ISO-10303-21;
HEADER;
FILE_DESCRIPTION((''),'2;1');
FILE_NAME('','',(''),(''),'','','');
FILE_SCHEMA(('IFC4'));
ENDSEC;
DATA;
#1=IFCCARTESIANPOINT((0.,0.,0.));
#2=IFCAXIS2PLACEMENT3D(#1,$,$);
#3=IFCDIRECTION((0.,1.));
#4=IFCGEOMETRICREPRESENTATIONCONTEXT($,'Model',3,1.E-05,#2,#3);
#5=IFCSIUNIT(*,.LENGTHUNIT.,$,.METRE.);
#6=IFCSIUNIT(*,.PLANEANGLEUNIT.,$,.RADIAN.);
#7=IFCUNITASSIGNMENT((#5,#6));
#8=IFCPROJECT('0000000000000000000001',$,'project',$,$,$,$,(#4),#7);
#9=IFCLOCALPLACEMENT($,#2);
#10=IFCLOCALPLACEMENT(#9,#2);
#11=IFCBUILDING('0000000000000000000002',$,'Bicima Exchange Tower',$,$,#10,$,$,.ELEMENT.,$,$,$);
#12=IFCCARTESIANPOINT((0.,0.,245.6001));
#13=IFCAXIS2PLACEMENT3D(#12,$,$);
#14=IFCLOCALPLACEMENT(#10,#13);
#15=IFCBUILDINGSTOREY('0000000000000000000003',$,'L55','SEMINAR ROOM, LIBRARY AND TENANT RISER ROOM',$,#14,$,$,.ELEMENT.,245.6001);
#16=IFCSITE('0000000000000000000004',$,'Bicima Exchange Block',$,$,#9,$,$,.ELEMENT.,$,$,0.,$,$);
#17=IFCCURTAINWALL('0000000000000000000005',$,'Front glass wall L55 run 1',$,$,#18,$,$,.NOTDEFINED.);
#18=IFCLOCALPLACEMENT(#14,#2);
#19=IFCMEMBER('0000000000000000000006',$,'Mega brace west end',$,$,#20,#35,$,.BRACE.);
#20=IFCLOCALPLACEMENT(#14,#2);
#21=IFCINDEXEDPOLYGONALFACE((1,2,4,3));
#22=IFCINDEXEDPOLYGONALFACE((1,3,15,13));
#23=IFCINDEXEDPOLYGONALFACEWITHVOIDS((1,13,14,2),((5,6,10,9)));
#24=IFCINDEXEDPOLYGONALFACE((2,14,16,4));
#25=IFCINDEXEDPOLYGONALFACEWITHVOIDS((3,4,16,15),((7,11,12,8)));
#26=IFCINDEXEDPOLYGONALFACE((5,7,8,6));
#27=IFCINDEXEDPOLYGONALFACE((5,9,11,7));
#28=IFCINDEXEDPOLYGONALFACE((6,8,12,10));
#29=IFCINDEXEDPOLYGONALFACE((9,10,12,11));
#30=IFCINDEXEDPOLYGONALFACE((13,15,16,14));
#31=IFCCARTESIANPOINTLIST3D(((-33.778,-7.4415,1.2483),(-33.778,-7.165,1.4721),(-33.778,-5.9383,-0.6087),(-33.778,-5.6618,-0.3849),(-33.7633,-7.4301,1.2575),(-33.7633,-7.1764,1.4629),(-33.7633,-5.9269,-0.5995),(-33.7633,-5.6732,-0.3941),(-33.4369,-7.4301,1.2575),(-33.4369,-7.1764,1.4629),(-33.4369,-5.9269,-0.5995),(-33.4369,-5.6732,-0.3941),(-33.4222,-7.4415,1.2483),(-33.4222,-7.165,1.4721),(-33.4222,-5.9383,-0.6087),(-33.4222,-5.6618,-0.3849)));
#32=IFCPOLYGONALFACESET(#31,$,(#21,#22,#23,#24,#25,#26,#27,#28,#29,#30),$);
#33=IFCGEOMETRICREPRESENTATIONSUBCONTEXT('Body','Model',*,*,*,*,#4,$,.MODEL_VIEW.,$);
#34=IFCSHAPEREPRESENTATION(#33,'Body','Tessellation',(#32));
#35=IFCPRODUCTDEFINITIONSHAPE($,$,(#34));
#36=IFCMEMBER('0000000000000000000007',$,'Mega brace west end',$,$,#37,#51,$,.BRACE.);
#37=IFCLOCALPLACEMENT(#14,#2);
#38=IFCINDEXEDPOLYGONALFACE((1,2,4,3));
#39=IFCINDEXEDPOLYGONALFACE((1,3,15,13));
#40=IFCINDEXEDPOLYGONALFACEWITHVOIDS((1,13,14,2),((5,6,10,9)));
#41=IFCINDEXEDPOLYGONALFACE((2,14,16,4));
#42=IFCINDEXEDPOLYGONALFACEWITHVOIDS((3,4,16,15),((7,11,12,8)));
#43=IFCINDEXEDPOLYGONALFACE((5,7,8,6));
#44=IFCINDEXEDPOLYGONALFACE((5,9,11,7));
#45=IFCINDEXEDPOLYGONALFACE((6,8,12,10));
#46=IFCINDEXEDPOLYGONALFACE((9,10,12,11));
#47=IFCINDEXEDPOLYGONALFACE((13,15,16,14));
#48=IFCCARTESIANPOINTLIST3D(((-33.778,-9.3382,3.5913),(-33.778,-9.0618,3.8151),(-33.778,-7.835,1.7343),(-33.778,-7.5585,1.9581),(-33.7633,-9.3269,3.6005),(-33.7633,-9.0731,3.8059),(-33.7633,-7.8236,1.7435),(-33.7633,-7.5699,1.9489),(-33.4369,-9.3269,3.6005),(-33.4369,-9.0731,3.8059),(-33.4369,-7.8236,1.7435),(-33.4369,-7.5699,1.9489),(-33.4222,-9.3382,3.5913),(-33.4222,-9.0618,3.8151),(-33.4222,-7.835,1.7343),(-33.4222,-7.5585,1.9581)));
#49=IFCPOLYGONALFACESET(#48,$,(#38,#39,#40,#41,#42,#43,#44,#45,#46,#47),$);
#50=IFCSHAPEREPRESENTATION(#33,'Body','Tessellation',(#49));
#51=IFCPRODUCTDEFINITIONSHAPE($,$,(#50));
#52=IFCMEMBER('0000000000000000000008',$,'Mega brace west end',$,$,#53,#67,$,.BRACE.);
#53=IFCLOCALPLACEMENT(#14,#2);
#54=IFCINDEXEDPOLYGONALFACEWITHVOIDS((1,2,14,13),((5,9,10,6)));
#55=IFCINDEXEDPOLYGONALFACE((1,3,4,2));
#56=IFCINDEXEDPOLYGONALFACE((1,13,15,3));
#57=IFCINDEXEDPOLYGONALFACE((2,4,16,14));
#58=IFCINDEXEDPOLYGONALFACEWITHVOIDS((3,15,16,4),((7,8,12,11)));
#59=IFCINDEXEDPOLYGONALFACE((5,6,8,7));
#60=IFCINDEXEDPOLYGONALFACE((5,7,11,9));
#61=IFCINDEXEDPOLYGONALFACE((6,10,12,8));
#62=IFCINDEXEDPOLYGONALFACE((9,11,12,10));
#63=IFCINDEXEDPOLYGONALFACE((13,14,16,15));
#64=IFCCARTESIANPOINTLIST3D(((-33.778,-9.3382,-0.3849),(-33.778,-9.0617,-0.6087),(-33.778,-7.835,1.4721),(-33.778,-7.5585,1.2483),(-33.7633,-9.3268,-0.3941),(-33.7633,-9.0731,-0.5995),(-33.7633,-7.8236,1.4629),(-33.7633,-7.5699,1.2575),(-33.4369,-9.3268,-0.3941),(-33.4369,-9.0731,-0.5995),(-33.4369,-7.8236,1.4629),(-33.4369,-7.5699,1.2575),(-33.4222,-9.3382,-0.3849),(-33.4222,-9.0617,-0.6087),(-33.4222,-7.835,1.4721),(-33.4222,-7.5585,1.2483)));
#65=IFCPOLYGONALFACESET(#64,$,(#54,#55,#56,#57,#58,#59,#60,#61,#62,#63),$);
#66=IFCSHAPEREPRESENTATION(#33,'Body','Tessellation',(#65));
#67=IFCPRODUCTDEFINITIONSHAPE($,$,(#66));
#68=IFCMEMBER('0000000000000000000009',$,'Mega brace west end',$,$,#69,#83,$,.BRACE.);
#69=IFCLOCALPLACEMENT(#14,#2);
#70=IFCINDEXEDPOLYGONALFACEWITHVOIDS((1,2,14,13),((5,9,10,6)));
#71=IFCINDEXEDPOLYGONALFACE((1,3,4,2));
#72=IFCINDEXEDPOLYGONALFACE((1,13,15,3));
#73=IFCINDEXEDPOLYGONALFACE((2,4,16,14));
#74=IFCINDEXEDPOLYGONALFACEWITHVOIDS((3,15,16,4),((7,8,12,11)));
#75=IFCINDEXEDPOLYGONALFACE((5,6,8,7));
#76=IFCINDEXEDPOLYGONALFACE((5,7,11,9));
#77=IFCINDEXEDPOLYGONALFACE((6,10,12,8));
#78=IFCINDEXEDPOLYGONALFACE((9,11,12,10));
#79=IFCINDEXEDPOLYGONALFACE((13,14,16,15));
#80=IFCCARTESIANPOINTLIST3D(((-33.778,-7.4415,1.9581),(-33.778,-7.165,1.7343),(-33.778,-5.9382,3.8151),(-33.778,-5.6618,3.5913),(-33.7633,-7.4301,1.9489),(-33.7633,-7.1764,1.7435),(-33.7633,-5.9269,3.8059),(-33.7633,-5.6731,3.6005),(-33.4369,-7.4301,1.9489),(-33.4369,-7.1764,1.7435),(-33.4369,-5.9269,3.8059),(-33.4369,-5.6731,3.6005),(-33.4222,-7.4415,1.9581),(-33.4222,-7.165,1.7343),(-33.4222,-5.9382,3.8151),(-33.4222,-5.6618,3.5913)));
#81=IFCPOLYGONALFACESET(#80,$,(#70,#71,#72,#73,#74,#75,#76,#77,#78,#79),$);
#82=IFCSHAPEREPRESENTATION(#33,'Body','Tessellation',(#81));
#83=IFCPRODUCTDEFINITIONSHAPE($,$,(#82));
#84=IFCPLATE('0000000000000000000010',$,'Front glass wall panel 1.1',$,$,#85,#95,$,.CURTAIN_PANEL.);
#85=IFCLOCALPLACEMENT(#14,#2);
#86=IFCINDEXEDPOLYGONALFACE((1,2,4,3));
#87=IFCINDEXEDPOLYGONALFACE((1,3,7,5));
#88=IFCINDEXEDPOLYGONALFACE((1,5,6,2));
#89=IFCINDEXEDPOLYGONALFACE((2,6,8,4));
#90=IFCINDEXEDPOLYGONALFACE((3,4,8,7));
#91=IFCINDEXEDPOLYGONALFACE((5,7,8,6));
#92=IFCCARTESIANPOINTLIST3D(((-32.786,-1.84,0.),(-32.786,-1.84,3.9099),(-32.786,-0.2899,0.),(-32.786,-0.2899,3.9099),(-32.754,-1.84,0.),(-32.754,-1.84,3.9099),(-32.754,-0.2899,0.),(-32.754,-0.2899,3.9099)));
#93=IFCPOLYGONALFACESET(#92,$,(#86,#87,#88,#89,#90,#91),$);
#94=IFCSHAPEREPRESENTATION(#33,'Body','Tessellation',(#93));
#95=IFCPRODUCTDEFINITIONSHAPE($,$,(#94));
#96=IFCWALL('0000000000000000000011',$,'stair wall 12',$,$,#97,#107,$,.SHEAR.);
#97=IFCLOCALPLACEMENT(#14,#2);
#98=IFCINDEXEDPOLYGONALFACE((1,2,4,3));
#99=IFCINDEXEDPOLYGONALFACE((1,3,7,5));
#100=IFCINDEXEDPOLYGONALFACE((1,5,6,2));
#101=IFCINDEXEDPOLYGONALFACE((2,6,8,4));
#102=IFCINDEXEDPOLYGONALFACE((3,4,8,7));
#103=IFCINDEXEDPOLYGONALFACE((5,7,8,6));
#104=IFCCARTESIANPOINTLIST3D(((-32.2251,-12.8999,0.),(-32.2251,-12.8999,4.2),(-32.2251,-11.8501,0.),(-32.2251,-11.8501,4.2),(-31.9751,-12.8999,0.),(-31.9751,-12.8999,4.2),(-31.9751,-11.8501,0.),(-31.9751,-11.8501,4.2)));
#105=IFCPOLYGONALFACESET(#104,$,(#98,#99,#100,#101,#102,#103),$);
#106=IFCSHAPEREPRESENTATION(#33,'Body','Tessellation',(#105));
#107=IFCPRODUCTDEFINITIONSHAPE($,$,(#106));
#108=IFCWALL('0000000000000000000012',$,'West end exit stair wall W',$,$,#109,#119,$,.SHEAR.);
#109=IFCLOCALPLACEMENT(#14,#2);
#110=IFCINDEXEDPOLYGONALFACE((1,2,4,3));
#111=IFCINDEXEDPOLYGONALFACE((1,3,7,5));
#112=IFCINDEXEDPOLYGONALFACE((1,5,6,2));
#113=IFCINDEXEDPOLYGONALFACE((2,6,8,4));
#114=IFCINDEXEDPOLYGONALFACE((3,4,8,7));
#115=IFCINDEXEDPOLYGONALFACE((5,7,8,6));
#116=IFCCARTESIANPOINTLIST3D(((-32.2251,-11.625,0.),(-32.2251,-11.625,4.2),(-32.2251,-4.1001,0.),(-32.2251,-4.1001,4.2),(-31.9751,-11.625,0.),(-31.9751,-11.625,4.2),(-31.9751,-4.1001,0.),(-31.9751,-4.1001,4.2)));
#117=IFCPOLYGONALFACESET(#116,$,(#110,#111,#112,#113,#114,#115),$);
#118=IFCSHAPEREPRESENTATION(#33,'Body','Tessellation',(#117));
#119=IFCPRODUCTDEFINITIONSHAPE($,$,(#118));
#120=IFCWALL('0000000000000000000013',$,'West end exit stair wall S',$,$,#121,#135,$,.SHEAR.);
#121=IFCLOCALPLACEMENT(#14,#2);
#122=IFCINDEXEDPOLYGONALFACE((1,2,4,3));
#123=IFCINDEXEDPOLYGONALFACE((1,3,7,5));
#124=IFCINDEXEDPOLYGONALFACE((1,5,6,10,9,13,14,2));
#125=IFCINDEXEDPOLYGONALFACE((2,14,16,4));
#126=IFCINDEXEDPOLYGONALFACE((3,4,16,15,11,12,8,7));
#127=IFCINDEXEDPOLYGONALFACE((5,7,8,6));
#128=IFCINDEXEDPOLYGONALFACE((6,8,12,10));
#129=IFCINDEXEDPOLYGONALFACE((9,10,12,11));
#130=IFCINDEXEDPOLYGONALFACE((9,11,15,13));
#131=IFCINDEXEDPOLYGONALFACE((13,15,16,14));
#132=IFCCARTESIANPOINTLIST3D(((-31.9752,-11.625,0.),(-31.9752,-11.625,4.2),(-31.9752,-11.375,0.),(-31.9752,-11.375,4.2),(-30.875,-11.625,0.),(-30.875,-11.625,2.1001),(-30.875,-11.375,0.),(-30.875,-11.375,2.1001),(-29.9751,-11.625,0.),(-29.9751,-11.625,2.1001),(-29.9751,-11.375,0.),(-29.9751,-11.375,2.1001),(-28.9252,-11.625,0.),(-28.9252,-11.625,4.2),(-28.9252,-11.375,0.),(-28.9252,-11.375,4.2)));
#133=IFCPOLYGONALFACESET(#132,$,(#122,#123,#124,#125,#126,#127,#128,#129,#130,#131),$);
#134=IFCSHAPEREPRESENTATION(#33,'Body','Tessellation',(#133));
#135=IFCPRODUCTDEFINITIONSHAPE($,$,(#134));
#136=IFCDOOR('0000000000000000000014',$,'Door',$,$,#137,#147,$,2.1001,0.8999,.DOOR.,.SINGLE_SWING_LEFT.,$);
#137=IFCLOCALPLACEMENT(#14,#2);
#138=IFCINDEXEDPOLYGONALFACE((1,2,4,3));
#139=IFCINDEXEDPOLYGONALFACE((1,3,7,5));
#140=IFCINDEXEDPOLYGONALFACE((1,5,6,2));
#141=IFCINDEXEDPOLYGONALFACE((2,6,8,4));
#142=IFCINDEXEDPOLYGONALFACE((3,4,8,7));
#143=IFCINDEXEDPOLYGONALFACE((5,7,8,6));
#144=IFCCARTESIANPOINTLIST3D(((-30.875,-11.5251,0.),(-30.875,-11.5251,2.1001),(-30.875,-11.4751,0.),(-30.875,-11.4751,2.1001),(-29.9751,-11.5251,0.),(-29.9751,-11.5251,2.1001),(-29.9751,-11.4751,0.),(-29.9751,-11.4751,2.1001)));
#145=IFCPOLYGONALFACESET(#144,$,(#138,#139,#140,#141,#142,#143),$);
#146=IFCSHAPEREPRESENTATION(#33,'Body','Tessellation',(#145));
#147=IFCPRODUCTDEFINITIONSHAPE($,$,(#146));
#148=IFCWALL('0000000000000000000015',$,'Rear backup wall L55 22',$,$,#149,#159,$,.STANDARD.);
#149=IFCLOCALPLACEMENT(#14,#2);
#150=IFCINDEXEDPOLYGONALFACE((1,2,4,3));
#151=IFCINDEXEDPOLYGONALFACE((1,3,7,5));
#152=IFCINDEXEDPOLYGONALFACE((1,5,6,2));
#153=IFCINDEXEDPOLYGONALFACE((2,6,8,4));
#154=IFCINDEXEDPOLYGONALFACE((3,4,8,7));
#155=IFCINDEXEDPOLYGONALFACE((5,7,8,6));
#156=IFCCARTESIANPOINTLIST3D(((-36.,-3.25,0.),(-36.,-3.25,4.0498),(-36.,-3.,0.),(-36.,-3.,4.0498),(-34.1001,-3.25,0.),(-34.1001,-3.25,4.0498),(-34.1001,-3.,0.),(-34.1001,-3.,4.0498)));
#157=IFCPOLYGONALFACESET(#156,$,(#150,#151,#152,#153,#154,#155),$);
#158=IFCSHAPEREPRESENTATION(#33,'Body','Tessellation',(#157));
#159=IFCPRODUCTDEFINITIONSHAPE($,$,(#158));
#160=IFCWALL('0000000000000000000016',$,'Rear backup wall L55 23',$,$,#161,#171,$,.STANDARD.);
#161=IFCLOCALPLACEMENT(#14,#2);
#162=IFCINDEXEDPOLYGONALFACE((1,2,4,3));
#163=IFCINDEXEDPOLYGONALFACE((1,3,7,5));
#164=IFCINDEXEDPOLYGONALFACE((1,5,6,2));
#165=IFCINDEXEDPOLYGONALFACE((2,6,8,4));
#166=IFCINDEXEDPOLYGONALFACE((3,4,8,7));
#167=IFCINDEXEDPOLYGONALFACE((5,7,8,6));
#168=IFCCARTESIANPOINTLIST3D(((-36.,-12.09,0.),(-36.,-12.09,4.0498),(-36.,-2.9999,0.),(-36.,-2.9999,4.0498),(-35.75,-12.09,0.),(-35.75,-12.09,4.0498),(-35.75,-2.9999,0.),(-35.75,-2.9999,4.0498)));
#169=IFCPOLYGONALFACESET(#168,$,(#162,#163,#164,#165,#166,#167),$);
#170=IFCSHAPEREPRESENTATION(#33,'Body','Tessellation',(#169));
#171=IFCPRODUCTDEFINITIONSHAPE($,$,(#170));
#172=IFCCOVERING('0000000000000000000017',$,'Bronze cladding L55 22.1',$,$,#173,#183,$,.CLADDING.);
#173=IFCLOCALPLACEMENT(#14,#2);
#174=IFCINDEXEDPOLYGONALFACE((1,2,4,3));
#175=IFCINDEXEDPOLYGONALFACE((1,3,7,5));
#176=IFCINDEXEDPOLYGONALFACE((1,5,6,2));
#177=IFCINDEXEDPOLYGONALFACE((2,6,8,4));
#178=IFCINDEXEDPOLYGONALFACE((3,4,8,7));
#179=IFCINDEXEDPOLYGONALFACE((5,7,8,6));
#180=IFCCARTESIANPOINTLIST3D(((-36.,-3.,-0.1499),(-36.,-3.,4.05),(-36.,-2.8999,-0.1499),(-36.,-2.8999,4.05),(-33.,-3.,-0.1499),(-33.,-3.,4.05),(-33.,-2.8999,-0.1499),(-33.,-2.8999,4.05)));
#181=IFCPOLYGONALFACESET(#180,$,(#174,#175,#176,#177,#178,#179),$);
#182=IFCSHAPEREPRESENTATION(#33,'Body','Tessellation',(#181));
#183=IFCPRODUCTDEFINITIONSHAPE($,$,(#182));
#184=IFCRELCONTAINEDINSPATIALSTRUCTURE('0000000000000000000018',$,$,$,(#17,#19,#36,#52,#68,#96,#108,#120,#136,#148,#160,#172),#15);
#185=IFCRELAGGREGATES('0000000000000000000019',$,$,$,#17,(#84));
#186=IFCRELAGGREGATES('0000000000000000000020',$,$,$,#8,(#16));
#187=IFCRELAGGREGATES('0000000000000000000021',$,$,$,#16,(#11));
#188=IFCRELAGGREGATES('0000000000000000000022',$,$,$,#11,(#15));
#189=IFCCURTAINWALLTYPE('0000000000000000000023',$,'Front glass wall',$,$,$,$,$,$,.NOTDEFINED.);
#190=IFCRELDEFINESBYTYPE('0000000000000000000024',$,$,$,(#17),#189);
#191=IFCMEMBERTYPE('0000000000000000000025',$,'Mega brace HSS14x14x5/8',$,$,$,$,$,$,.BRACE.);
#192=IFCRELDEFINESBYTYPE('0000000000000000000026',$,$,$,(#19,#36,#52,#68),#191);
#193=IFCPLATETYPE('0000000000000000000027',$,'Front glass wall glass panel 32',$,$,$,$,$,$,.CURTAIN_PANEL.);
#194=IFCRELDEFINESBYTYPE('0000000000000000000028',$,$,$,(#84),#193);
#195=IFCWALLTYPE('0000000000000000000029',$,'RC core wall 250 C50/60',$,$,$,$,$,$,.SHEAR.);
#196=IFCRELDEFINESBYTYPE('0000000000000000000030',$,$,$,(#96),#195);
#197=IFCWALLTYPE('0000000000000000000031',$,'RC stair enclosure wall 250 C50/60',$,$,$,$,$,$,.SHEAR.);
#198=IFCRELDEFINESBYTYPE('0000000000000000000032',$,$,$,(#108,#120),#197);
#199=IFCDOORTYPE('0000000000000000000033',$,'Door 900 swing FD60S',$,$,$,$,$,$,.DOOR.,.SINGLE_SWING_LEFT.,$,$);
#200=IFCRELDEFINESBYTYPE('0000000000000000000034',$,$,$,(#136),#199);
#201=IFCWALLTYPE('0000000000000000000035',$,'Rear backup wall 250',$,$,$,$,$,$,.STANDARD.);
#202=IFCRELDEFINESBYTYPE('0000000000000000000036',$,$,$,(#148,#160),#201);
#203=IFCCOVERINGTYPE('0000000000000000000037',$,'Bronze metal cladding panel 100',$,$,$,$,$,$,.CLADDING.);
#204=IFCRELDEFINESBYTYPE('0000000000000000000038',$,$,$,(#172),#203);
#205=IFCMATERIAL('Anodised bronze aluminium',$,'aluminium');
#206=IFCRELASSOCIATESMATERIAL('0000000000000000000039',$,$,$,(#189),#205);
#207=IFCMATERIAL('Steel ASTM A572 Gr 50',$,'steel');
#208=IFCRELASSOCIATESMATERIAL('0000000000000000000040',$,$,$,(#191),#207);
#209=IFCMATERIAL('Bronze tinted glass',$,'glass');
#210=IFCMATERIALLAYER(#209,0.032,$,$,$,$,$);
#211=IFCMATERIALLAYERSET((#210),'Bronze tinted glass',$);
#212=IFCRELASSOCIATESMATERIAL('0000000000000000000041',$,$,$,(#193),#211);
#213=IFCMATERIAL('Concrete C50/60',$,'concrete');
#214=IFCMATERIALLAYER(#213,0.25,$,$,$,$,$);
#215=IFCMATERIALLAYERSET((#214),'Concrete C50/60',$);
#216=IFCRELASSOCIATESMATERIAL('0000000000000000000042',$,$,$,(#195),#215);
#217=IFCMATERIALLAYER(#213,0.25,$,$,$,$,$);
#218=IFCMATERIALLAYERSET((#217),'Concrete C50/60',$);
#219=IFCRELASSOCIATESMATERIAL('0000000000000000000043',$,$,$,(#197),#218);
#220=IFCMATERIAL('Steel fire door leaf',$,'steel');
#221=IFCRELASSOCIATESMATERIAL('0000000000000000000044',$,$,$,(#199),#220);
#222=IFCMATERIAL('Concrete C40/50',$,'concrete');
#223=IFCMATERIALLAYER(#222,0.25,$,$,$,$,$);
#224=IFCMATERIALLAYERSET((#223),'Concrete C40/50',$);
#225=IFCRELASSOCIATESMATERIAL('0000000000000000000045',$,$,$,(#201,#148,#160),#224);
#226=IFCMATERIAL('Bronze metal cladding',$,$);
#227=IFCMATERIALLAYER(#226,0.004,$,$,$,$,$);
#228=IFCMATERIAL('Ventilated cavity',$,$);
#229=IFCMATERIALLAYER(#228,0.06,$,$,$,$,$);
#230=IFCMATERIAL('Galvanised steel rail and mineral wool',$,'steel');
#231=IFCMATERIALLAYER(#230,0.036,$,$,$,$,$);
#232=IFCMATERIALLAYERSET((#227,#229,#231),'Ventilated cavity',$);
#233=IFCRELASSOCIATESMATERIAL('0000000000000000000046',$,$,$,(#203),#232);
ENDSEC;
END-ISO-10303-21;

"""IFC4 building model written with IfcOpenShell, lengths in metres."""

from ifc_helpers import new_model, si_unit, direction, frame, frame_2d, origin, origin_2d, place, context, subcontext, project, spatial, rectangle, hollow_rectangle, extrude, material, layer, layer_set, layer_usage, material_profile, profile_set, type_object, element, fill, aggregate, save


model = new_model("IFC4")

# Units and contexts
model_context = context("Model", 3, precision=1e-05, world=origin(), true_north=direction((0.0, 1.0)))
body_context = subcontext(model_context, "Body", "Model", "MODEL_VIEW")
ifc_project = project(units=[si_unit("LENGTHUNIT", "METRE"), si_unit("PLANEANGLEUNIT", "RADIAN")], contexts=[model_context])

# Site, building, storey
site_placement = place(None, origin())
site = spatial("IfcSite", under=ifc_project, at=site_placement, Name="Bicima Exchange Block", CompositionType="ELEMENT", RefElevation=0.0)
building_placement = place(site_placement, origin())
building = spatial("IfcBuilding", under=site, at=building_placement, Name="Bicima Exchange Tower", CompositionType="ELEMENT")
storey_placement = place(building_placement, frame((0.0, 0.0, 245.6001)))
storey = spatial("IfcBuildingStorey", under=building, at=storey_placement, Name="L55", Description="SEMINAR ROOM, LIBRARY AND TENANT RISER ROOM", CompositionType="ELEMENT", Elevation=245.6001)

# Shared definitions
ifc_material_1 = material(Name="Steel ASTM A572 Gr 50", Category="steel")

# Shared definitions
ifc_material_2 = material(Name="Anodised bronze aluminium", Category="aluminium")

# Curtain wall
curtain_wall_type_1 = type_object("IfcCurtainWallType", Name="Front glass wall", PredefinedType="NOTDEFINED", material=ifc_material_2)
curtain_wall_1_placement = place(storey_placement, origin())
curtain_wall_1 = element("IfcCurtainWall", 1, at=curtain_wall_1_placement, inside=storey, type_object=curtain_wall_type_1, Name="Front glass wall L55 run 1", PredefinedType="NOTDEFINED")

# Members
ifc_material_profile_1 = material_profile(ifc_material_1, hollow_rectangle(XDim=0.3557, YDim=0.3557, WallThickness=0.0146, at=origin_2d()))
ifc_profile_set_1 = profile_set([ifc_material_profile_1], Name="Steel ASTM A572 Gr 50")
member_type_1 = type_object("IfcMemberType", Name="Mega brace HSS14x14x5/8", PredefinedType="BRACE", material=ifc_profile_set_1)
for number, where, z_axis, x_axis, name in (
    (2, (-33.6001, -5.8, -0.4968), (0.0, -0.629184, 0.777257), (1.0, 0.0, 0.0), "Mega brace west end"),
    (3, (-33.6001, -7.6968, 1.8462), (0.0, -0.629184, 0.777257), (1.0, 0.0, 0.0), "Mega brace west end"),
    (4, (-33.6001, -9.2, -0.4968), (0.0, 0.629184, 0.777257), (-1.0, 0.0, 0.0), "Mega brace west end"),
    (5, (-33.6001, -7.3032, 1.8462), (0.0, 0.629184, 0.777257), (-1.0, 0.0, 0.0), "Mega brace west end"),
):
    element("IfcMember", number, at=place(storey_placement, frame(where, z_axis=z_axis, x_axis=x_axis)), inside=storey, type_object=member_type_1, Name=name, PredefinedType="BRACE", context=body_context, shape_type="SweptSolid", body=[
        extrude(hollow_rectangle(XDim=0.3557, YDim=0.3557, WallThickness=0.0146, at=origin_2d()), origin(), (0.0, 0.0, 1.0), 2.3892),
    ])

# Plate
ifc_material_3 = material(Name="Bronze tinted glass", Category="glass")
ifc_layer_1 = layer(ifc_material_3, 0.032)
ifc_layer_set_1 = layer_set([ifc_layer_1], Name="Bronze tinted glass")
plate_type = type_object("IfcPlateType", Name="Front glass wall glass panel 32", PredefinedType="CURTAIN_PANEL", material=ifc_layer_set_1)
plate_placement = place(storey_placement, frame((-32.77, -1.0649, 0.0), z_axis=(0.0, 0.0, 1.0), x_axis=(0.0, -1.0, 0.0)))
plate = element("IfcPlate", 6, at=plate_placement, type_object=plate_type, Name="Front glass wall panel 1.1", PredefinedType="CURTAIN_PANEL", context=body_context, shape_type="SweptSolid", body=[
    extrude(rectangle(XDim=1.55, YDim=0.032, at=origin_2d()), origin(), (0.0, 0.0, 1.0), 3.9099),
])
aggregate(curtain_wall_1, [plate])

# Walls
ifc_material_4 = material(Name="Concrete C50/60", Category="concrete")
ifc_layer_2 = layer(ifc_material_4, 0.25)
ifc_layer_set_2 = layer_set([ifc_layer_2], Name="Concrete C50/60")
wall_type_1 = type_object("IfcWallType", Name="RC core wall 250 C50/60", PredefinedType="SHEAR", material=ifc_layer_set_2)
wall_1_placement = place(storey_placement, frame((-32.1001, -12.8999, 0.0), z_axis=(0.0, 0.0, 1.0), x_axis=(0.0, 1.0, 0.0)))
element("IfcWall", 7, at=wall_1_placement, inside=storey, type_object=wall_type_1, Name="stair wall 12", PredefinedType="SHEAR", context=body_context, shape_type="SweptSolid", body=[
    extrude(rectangle(XDim=1.0498, YDim=0.25, at=frame_2d((0.5249, 0.0))), origin(), (0.0, 0.0, 1.0), 4.2),
])
ifc_layer_3 = layer(ifc_material_4, 0.25)
ifc_layer_set_3 = layer_set([ifc_layer_3], Name="Concrete C50/60")
wall_type_2 = type_object("IfcWallType", Name="RC stair enclosure wall 250 C50/60", PredefinedType="SHEAR", material=ifc_layer_set_3)
wall_2_placement = place(storey_placement, frame((-32.1001, -11.625, 0.0), z_axis=(0.0, 0.0, 1.0), x_axis=(0.0, 1.0, 0.0)))
element("IfcWall", 8, at=wall_2_placement, inside=storey, type_object=wall_type_2, Name="West end exit stair wall W", PredefinedType="SHEAR", context=body_context, shape_type="SweptSolid", body=[
    extrude(rectangle(XDim=7.5249, YDim=0.25, at=frame_2d((3.7625, 0.0))), origin(), (0.0, 0.0, 1.0), 4.2),
])

# Wall, opening, door
wall_3_placement = place(storey_placement, frame((-31.9751, -11.5, 0.0), z_axis=(0.0, 0.0, 1.0), x_axis=(1.0, 0.0, 0.0)))
wall_3 = element("IfcWall", 9, at=wall_3_placement, inside=storey, type_object=wall_type_2, Name="West end exit stair wall S", PredefinedType="SHEAR", context=body_context, shape_type="SweptSolid", body=[
    extrude(rectangle(XDim=3.05, YDim=0.25, at=frame_2d((1.5249, 0.0))), origin(), (0.0, 0.0, 1.0), 4.2),
])
opening_placement = place(wall_3_placement, frame((1.1001, 0.0, 0.0)))
opening = element("IfcOpeningElement", 10, at=opening_placement, cuts=wall_3, PredefinedType="OPENING", context=body_context, shape_type="SweptSolid", body=[
    extrude(rectangle(XDim=0.8999, YDim=2.1001, at=frame_2d((0.45, 1.05))), frame((0.0, 0.137, 0.0), z_axis=(0.0, -1.0, 0.0), x_axis=(1.0, 0.0, 0.0)), (0.0, 0.0, 1.0), 0.2739),
])
ifc_material_5 = material(Name="Steel fire door leaf", Category="steel")
door_type = type_object("IfcDoorType", Name="Door 900 swing FD60S", OperationType="SINGLE_SWING_LEFT", PredefinedType="DOOR", material=ifc_material_5)
door_placement = place(opening_placement, origin())
door = element("IfcDoor", 11, at=door_placement, inside=storey, type_object=door_type, Name="Door", OperationType="SINGLE_SWING_LEFT", OverallHeight=2.1001, OverallWidth=0.8999, PredefinedType="DOOR", context=body_context, shape_type="SweptSolid", body=[
    extrude(rectangle(XDim=0.8999, YDim=2.1001, at=frame_2d((0.45, 1.05))), frame((0.0, 0.0249, 0.0), z_axis=(0.0, -1.0, 0.0), x_axis=(1.0, 0.0, 0.0)), (0.0, 0.0, 1.0), 0.05),
])
fill(opening, door)

# Walls
ifc_material_6 = material(Name="Concrete C40/50", Category="concrete")
ifc_layer_4 = layer(ifc_material_6, 0.25)
ifc_layer_set_4 = layer_set([ifc_layer_4], Name="Concrete C40/50")
ifc_layer_usage = layer_usage(ifc_layer_set_4, "AXIS2", "POSITIVE", -0.125)
wall_type_3 = type_object("IfcWallType", Name="Rear backup wall 250", PredefinedType="STANDARD", material=ifc_layer_set_4)
wall_4_placement = place(storey_placement, frame((-34.1001, -3.125, 0.0), z_axis=(0.0, 0.0, 1.0), x_axis=(-1.0, 0.0, 0.0)))
element("IfcWall", 12, at=wall_4_placement, inside=storey, type_object=wall_type_3, material=ifc_layer_usage, Name="Rear backup wall L55 22", PredefinedType="STANDARD", context=body_context, shape_type="SweptSolid", body=[
    extrude(rectangle(XDim=1.8999, YDim=0.25, at=frame_2d((0.95, 0.0))), origin(), (0.0, 0.0, 1.0), 4.0498),
])
wall_5_placement = place(storey_placement, frame((-35.875, -3.0, 0.0), z_axis=(0.0, 0.0, 1.0), x_axis=(0.0, -1.0, 0.0)))
element("IfcWall", 13, at=wall_5_placement, inside=storey, type_object=wall_type_3, material=ifc_layer_usage, Name="Rear backup wall L55 23", PredefinedType="STANDARD", context=body_context, shape_type="SweptSolid", body=[
    extrude(rectangle(XDim=9.0901, YDim=0.25, at=frame_2d((4.5449, 0.0))), origin(), (0.0, 0.0, 1.0), 4.0498),
])

# Covering
ifc_material_7 = material(Name="Bronze metal cladding")
ifc_layer_5 = layer(ifc_material_7, 0.004)
ifc_material_8 = material(Name="Ventilated cavity")
ifc_layer_6 = layer(ifc_material_8, 0.06)
ifc_material_9 = material(Name="Galvanised steel rail and mineral wool", Category="steel")
ifc_layer_7 = layer(ifc_material_9, 0.036)
ifc_layer_set_5 = layer_set([ifc_layer_5, ifc_layer_6, ifc_layer_7], Name="Ventilated cavity")
covering_type = type_object("IfcCoveringType", Name="Bronze metal cladding panel 100", PredefinedType="CLADDING", material=ifc_layer_set_5)
covering_1_placement = place(storey_placement, frame((-34.5, -2.95, -0.1499), z_axis=(0.0, 0.0, 1.0), x_axis=(-1.0, 0.0, 0.0)))
element("IfcCovering", 14, at=covering_1_placement, inside=storey, type_object=covering_type, Name="Bronze cladding L55 22.1", PredefinedType="CLADDING", context=body_context, shape_type="SweptSolid", body=[
    extrude(rectangle(XDim=3.0, YDim=0.1001, at=origin_2d()), origin(), (0.0, 0.0, 1.0), 4.2),
])

save(model, "model.ifc")
